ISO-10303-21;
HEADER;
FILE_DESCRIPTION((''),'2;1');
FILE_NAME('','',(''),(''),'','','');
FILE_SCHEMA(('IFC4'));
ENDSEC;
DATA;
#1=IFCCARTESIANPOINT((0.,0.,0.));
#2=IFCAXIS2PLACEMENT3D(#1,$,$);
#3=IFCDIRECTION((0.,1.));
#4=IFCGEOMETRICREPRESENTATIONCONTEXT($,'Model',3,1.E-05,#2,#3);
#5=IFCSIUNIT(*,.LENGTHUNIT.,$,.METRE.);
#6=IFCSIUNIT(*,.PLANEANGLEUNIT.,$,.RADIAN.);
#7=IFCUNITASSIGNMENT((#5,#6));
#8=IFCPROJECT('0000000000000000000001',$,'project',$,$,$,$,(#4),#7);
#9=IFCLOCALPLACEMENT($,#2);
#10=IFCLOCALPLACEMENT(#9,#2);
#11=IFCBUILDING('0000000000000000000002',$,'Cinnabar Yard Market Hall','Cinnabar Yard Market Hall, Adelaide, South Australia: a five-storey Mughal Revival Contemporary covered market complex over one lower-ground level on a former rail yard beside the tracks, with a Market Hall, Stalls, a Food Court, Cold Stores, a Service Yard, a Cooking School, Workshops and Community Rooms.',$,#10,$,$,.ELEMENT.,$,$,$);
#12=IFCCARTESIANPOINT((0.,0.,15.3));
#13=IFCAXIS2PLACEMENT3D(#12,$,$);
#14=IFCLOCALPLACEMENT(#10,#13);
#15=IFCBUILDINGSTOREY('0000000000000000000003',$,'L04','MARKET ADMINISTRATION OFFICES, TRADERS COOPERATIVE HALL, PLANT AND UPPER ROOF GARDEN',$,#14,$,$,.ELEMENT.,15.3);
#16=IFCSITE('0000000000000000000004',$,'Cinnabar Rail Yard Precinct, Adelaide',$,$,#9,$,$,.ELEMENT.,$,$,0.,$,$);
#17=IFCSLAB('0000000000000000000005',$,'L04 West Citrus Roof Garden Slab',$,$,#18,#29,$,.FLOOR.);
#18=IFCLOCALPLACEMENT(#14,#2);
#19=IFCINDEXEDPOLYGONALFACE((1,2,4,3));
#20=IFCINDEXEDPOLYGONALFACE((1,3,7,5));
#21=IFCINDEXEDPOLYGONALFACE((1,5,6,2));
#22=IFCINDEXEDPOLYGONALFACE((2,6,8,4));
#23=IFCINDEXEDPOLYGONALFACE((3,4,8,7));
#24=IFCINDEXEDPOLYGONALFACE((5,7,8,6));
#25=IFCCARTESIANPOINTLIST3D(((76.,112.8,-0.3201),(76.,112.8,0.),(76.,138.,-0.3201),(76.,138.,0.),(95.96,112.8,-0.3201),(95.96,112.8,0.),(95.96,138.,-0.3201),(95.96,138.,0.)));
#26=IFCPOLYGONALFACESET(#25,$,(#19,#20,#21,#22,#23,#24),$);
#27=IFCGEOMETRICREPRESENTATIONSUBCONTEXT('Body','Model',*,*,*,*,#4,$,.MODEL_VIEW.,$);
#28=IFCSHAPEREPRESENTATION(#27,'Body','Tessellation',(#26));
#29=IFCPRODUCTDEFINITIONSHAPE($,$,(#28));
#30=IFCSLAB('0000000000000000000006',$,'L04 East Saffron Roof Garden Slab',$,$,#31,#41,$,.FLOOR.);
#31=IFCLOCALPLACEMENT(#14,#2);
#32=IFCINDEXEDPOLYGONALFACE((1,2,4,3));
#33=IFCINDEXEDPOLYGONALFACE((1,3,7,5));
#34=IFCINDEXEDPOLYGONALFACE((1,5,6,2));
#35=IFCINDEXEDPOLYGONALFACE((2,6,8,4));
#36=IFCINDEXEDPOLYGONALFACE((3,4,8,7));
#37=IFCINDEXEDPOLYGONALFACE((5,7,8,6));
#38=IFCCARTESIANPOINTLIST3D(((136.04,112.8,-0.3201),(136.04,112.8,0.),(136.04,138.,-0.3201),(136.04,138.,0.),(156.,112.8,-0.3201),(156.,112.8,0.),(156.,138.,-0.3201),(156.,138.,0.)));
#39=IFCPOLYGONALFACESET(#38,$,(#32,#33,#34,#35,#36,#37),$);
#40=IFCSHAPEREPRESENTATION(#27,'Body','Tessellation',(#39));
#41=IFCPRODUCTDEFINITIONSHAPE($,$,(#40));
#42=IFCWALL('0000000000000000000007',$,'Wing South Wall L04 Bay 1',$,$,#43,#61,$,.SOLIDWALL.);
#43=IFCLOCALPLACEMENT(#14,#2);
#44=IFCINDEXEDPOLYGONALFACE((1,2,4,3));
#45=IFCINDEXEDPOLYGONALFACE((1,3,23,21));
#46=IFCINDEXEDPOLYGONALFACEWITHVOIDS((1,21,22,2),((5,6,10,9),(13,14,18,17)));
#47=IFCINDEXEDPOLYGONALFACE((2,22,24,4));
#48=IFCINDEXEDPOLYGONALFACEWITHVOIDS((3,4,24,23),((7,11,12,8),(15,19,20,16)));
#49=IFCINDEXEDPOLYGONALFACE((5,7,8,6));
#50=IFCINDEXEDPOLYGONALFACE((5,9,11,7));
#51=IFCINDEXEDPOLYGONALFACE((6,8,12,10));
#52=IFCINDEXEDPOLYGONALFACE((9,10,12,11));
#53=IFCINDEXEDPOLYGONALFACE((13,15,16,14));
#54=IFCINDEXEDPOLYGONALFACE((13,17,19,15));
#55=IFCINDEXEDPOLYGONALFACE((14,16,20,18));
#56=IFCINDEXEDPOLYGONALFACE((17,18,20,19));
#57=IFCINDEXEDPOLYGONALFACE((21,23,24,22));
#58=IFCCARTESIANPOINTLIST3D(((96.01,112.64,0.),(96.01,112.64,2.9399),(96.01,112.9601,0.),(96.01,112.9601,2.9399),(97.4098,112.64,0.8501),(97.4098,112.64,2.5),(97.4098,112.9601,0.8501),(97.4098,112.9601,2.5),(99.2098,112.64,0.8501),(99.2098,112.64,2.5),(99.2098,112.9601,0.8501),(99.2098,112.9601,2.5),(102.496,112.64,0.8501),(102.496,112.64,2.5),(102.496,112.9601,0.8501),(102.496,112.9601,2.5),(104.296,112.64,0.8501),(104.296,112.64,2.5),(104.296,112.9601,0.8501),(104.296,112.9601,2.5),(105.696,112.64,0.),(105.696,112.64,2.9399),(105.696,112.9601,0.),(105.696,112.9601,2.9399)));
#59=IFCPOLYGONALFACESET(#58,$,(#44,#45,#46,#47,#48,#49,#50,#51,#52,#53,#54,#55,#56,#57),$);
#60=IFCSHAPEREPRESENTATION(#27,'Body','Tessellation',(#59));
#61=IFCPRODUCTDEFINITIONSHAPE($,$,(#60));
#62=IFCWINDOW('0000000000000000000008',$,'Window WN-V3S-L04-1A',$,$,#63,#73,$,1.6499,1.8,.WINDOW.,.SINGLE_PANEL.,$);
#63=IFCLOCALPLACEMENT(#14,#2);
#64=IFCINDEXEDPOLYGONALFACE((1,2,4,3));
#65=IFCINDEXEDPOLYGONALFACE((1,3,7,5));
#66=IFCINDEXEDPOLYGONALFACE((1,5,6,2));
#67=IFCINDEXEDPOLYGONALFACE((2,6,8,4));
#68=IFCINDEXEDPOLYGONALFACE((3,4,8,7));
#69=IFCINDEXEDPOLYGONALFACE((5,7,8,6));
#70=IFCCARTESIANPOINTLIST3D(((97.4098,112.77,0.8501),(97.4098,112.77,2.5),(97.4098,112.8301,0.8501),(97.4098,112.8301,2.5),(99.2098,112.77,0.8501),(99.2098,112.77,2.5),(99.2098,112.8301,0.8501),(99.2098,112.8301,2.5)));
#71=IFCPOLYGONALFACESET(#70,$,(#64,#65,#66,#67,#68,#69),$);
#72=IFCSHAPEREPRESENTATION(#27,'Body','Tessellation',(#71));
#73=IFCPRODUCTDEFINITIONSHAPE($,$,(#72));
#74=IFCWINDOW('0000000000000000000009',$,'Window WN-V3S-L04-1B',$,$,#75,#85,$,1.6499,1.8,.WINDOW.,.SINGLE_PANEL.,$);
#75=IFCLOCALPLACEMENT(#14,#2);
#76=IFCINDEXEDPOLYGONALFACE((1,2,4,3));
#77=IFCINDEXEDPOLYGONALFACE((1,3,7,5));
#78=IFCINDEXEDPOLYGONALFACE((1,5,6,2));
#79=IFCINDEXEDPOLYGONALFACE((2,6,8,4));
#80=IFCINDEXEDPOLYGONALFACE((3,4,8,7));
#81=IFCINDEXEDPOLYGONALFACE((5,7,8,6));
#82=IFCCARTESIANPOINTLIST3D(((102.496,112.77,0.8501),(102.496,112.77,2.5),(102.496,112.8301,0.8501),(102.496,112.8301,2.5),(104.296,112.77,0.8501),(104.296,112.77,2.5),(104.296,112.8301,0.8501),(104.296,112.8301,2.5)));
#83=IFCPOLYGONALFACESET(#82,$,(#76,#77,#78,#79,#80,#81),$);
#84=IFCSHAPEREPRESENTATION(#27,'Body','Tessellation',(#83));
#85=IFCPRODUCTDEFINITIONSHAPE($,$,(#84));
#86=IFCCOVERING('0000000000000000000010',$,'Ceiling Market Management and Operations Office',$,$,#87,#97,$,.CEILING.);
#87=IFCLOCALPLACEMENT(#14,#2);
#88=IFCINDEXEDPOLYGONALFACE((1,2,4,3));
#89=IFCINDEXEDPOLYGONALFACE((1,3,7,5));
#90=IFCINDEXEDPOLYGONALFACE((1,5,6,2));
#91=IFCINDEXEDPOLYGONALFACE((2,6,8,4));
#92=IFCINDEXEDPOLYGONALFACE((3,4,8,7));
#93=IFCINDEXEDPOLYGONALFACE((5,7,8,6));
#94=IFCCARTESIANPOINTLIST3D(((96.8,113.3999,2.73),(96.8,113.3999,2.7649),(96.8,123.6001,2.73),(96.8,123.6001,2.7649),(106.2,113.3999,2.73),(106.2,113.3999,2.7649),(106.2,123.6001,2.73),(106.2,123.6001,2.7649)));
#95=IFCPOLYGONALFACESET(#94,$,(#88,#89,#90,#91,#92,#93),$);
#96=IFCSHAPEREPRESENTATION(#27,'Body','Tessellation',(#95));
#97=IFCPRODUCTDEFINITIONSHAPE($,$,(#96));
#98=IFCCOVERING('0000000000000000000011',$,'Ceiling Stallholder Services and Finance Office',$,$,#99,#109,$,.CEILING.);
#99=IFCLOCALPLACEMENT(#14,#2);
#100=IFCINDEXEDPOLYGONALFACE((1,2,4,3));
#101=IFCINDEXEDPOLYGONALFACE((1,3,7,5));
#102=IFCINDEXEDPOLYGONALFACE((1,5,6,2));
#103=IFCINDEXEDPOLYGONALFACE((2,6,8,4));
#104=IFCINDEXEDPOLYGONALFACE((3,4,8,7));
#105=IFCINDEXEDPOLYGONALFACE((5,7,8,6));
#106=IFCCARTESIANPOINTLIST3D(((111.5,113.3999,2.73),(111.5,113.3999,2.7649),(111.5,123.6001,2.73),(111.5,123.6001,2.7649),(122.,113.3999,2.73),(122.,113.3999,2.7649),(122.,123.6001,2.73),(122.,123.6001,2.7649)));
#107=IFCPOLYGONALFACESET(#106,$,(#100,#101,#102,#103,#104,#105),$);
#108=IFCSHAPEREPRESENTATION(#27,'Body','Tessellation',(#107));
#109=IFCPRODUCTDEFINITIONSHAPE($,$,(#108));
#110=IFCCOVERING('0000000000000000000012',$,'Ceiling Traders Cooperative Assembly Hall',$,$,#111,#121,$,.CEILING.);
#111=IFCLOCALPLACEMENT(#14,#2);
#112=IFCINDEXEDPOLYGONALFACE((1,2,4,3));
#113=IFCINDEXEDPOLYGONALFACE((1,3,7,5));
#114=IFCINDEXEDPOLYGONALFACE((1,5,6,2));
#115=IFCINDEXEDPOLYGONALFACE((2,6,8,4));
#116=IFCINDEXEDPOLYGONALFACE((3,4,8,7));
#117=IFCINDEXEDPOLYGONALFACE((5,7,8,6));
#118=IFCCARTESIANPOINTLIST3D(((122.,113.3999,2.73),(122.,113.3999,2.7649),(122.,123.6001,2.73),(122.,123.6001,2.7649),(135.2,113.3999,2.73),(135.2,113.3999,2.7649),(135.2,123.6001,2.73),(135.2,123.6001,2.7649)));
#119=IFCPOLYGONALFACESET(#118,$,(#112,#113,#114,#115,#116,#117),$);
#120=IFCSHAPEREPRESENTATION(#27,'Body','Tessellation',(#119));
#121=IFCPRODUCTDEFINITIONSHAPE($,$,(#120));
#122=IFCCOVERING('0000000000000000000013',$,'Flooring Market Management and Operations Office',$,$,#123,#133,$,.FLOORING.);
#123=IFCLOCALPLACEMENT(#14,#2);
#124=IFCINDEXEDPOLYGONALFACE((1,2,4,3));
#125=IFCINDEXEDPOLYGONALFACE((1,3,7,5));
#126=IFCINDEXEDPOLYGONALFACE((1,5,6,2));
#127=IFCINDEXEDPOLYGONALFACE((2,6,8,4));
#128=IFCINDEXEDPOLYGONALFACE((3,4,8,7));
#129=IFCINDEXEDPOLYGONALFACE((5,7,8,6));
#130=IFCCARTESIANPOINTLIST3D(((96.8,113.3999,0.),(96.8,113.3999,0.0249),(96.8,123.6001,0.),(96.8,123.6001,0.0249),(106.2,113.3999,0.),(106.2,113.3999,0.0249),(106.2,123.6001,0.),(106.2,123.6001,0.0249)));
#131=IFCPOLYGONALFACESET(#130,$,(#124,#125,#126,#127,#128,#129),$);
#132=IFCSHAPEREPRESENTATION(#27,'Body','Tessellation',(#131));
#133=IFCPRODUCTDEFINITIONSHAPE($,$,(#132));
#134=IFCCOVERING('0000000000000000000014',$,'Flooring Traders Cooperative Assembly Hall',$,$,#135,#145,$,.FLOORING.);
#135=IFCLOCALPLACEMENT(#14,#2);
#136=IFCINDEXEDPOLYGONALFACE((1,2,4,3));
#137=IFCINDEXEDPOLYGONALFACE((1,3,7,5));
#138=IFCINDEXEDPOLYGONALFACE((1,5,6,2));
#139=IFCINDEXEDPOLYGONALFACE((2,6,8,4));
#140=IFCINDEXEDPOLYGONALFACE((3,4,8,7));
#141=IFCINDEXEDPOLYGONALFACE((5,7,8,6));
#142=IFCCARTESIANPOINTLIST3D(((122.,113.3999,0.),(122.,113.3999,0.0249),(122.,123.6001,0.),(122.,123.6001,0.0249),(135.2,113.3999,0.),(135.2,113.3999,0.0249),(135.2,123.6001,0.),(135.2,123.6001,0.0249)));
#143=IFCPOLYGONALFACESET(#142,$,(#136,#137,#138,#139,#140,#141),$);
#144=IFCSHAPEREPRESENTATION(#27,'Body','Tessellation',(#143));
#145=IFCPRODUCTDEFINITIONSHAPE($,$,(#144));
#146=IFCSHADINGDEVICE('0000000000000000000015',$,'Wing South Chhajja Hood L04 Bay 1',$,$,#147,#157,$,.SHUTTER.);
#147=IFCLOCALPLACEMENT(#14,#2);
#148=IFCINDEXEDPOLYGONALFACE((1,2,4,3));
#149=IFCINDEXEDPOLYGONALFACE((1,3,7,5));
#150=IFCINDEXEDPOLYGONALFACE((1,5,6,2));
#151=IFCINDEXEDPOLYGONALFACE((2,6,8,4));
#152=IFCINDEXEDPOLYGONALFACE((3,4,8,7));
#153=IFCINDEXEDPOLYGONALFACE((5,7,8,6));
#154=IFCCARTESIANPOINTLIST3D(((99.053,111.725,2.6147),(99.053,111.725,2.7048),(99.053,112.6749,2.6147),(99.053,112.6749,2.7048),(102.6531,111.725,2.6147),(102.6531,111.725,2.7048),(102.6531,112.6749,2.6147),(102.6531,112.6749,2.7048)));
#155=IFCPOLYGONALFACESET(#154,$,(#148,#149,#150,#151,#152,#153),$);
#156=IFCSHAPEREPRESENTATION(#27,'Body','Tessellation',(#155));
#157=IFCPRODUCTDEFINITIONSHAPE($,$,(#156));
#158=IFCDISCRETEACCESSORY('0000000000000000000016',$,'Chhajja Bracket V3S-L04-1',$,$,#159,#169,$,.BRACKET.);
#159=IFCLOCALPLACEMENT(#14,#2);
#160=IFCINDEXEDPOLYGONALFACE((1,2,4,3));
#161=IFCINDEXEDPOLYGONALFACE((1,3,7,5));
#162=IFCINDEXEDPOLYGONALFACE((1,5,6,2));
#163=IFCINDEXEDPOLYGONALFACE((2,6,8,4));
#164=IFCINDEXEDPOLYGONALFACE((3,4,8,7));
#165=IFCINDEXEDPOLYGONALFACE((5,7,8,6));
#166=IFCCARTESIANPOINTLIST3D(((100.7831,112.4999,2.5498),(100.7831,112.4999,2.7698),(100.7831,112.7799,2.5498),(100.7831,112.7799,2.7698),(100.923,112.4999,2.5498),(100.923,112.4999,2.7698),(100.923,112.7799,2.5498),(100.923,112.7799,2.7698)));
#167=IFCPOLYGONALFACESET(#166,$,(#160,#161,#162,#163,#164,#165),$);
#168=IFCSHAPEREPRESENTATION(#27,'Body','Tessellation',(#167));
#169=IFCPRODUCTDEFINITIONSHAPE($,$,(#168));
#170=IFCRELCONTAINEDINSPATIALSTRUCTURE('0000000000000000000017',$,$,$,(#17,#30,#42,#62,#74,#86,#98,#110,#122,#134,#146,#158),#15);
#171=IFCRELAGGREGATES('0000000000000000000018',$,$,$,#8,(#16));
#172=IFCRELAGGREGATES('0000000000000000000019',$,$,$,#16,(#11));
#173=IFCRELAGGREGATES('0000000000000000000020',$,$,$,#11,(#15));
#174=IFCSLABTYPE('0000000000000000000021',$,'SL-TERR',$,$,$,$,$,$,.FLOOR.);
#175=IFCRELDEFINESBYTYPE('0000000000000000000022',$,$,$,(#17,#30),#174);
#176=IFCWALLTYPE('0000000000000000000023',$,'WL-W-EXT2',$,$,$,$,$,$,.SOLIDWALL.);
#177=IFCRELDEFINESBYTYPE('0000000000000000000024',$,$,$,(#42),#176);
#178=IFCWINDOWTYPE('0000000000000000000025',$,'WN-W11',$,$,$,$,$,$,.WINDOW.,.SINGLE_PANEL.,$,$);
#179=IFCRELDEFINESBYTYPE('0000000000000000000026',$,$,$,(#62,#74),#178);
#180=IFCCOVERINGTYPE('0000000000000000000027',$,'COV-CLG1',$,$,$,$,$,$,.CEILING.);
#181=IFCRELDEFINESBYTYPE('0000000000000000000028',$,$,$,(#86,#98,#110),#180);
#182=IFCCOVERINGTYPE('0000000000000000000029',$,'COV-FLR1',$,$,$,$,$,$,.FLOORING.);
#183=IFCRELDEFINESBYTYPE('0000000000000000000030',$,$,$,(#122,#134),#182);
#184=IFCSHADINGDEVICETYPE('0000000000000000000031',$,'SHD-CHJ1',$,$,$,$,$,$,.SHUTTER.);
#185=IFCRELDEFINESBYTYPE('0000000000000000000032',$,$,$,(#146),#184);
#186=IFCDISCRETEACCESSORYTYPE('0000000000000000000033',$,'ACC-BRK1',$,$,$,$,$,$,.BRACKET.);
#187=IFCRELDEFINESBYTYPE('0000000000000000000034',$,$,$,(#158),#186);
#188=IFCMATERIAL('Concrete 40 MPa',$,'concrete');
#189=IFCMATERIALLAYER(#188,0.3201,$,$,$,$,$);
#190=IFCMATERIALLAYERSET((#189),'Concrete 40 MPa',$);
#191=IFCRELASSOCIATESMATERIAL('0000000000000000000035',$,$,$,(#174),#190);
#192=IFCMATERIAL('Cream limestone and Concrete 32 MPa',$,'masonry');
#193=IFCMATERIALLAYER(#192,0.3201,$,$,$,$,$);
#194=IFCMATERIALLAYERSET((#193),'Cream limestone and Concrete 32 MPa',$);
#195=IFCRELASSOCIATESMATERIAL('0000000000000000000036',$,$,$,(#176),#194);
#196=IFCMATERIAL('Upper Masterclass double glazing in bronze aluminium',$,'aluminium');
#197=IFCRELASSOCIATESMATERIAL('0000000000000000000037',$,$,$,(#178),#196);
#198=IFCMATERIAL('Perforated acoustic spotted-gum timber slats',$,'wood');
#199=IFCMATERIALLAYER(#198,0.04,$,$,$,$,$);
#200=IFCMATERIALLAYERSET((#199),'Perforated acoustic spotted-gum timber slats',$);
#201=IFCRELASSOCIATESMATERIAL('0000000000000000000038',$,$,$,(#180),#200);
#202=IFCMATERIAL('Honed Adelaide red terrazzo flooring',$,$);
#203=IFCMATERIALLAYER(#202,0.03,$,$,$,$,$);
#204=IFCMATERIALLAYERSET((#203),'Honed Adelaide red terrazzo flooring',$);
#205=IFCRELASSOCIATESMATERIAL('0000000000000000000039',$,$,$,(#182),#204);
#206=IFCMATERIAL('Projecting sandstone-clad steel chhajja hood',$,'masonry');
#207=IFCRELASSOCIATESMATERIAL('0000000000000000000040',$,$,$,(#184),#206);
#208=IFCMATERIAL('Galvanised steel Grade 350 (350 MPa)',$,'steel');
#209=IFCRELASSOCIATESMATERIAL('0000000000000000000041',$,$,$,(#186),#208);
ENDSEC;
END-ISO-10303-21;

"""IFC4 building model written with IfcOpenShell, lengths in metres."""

from ifc_helpers import new_model, si_unit, direction, frame, frame_2d, origin, origin_2d_with_axis, place, context, subcontext, project, spatial, polyline, rectangle, outline, extrude, material, layer, layer_set, type_object, element, fill, save


model = new_model("IFC4")

# Units and contexts
model_context = context("Model", 3, precision=1e-05, world=origin(), true_north=direction((0.0, 1.0)))
body_context = subcontext(model_context, "Body", "Model", "MODEL_VIEW")
ifc_project = project(units=[si_unit("LENGTHUNIT", "METRE"), si_unit("PLANEANGLEUNIT", "RADIAN")], contexts=[model_context])

# Site, building, storey
site_placement = place(None, origin())
site = spatial("IfcSite", under=ifc_project, at=site_placement, Name="Cinnabar Rail Yard Precinct, Adelaide", CompositionType="ELEMENT", RefElevation=0.0)
building_placement = place(site_placement, origin())
building = spatial("IfcBuilding", under=site, at=building_placement, Name="Cinnabar Yard Market Hall", Description="Cinnabar Yard Market Hall, Adelaide, South Australia: a five-storey Mughal Revival Contemporary covered market complex over one lower-ground level on a former rail yard beside the tracks, with a Market Hall, Stalls, a Food Court, Cold Stores, a Service Yard, a Cooking School, Workshops and Community Rooms.", CompositionType="ELEMENT")
storey_placement = place(building_placement, frame((0.0, 0.0, 15.3)))
storey = spatial("IfcBuildingStorey", under=building, at=storey_placement, Name="L04", Description="MARKET ADMINISTRATION OFFICES, TRADERS COOPERATIVE HALL, PLANT AND UPPER ROOF GARDEN", CompositionType="ELEMENT", Elevation=15.3)

# Shared definitions
ifc_material_1 = material(Name="Concrete 40 MPa", Category="concrete")

# Slabs
ifc_layer_1 = layer(ifc_material_1, 0.3201)
ifc_layer_set_1 = layer_set([ifc_layer_1], Name="Concrete 40 MPa")
slab_type_1 = type_object("IfcSlabType", Name="SL-TERR", PredefinedType="FLOOR", material=ifc_layer_set_1)
slab_1_placement = place(storey_placement, frame((0.0, 0.0, -0.3201)))
element("IfcSlab", 1, at=slab_1_placement, inside=storey, type_object=slab_type_1, Name="L04 West Citrus Roof Garden Slab", PredefinedType="FLOOR", context=body_context, shape_type="SweptSolid", body=[
    extrude(outline(polyline([(76.0, 112.8), (95.96, 112.8), (95.96, 138.0), (76.0, 138.0), (76.0, 112.8)])), origin(), (0.0, 0.0, 1.0), 0.3201),
])
slab_2_placement = place(storey_placement, frame((0.0, 0.0, -0.3201)))
element("IfcSlab", 2, at=slab_2_placement, inside=storey, type_object=slab_type_1, Name="L04 East Saffron Roof Garden Slab", PredefinedType="FLOOR", context=body_context, shape_type="SweptSolid", body=[
    extrude(outline(polyline([(136.04, 112.8), (156.0, 112.8), (156.0, 138.0), (136.04, 138.0), (136.04, 112.8)])), origin(), (0.0, 0.0, 1.0), 0.3201),
])

# Wall, openings, windows
ifc_material_2 = material(Name="Cream limestone and Concrete 32 MPa", Category="masonry")
ifc_layer_2 = layer(ifc_material_2, 0.3201)
ifc_layer_set_2 = layer_set([ifc_layer_2], Name="Cream limestone and Concrete 32 MPa")
wall_type = type_object("IfcWallType", Name="WL-W-EXT2", PredefinedType="SOLIDWALL", material=ifc_layer_set_2)
wall_placement = place(storey_placement, frame((96.01, 112.8, 0.0), z_axis=(0.0, 0.0, 1.0), x_axis=(1.0, 0.0, 0.0)))
wall = element("IfcWall", 3, at=wall_placement, inside=storey, type_object=wall_type, Name="Wing South Wall L04 Bay 1", PredefinedType="SOLIDWALL", context=body_context, shape_type="SweptSolid", body=[
    extrude(rectangle(XDim=9.686, YDim=0.3201, at=frame_2d((4.843, 0.0), x_axis=(1.0, 0.0))), origin(), (0.0, 0.0, 1.0), 2.9399),
])
opening_1_placement = place(wall_placement, frame((1.3999, 0.0, 0.8501)))
opening_1 = element("IfcOpeningElement", 4, at=opening_1_placement, cuts=wall, PredefinedType="OPENING", context=body_context, shape_type="SweptSolid", body=[
    extrude(rectangle(XDim=1.8, YDim=1.6499, at=frame_2d((0.8999, 0.825), x_axis=(1.0, 0.0))), frame((0.0, 0.1699, 0.0), z_axis=(0.0, -1.0, 0.0), x_axis=(1.0, 0.0, 0.0)), (0.0, 0.0, 1.0), 0.3401),
])
opening_2_placement = place(wall_placement, frame((6.4861, 0.0, 0.8501)))
opening_2 = element("IfcOpeningElement", 5, at=opening_2_placement, cuts=wall, PredefinedType="OPENING", context=body_context, shape_type="SweptSolid", body=[
    extrude(rectangle(XDim=1.8, YDim=1.6499, at=frame_2d((0.8999, 0.825), x_axis=(1.0, 0.0))), frame((0.0, 0.1699, 0.0), z_axis=(0.0, -1.0, 0.0), x_axis=(1.0, 0.0, 0.0)), (0.0, 0.0, 1.0), 0.3401),
])
ifc_material_3 = material(Name="Upper Masterclass double glazing in bronze aluminium", Category="aluminium")
window_type = type_object("IfcWindowType", Name="WN-W11", PartitioningType="SINGLE_PANEL", PredefinedType="WINDOW", material=ifc_material_3)
window_1_placement = place(opening_1_placement, origin())
window_1 = element("IfcWindow", 6, at=window_1_placement, inside=storey, type_object=window_type, Name="Window WN-V3S-L04-1A", OverallHeight=1.6499, OverallWidth=1.8, PartitioningType="SINGLE_PANEL", PredefinedType="WINDOW", context=body_context, shape_type="SweptSolid", body=[
    extrude(rectangle(XDim=1.8, YDim=1.6499, at=frame_2d((0.8999, 0.825), x_axis=(1.0, 0.0))), frame((0.0, 0.03, 0.0), z_axis=(0.0, -1.0, 0.0), x_axis=(1.0, 0.0, 0.0)), (0.0, 0.0, 1.0), 0.0601),
])
fill(opening_1, window_1)
window_2_placement = place(opening_2_placement, origin())
window_2 = element("IfcWindow", 7, at=window_2_placement, inside=storey, type_object=window_type, Name="Window WN-V3S-L04-1B", OverallHeight=1.6499, OverallWidth=1.8, PartitioningType="SINGLE_PANEL", PredefinedType="WINDOW", context=body_context, shape_type="SweptSolid", body=[
    extrude(rectangle(XDim=1.8, YDim=1.6499, at=frame_2d((0.8999, 0.825), x_axis=(1.0, 0.0))), frame((0.0, 0.03, 0.0), z_axis=(0.0, -1.0, 0.0), x_axis=(1.0, 0.0, 0.0)), (0.0, 0.0, 1.0), 0.0601),
])
fill(opening_2, window_2)

# Coverings
ifc_material_4 = material(Name="Perforated acoustic spotted-gum timber slats", Category="wood")
ifc_layer_3 = layer(ifc_material_4, 0.04)
ifc_layer_set_3 = layer_set([ifc_layer_3], Name="Perforated acoustic spotted-gum timber slats")
covering_type_1 = type_object("IfcCoveringType", Name="COV-CLG1", PredefinedType="CEILING", material=ifc_layer_set_3)
covering_1_placement = place(storey_placement, frame((0.0, 0.0, 2.73)))
element("IfcCovering", 8, at=covering_1_placement, inside=storey, type_object=covering_type_1, Name="Ceiling Market Management and Operations Office", PredefinedType="CEILING", context=body_context, shape_type="SweptSolid", body=[
    extrude(outline(polyline([(96.8, 113.3999), (106.2, 113.3999), (106.2, 123.6001), (96.8, 123.6001), (96.8, 113.3999)])), origin(), (0.0, 0.0, 1.0), 0.0349),
])
covering_2_placement = place(storey_placement, frame((0.0, 0.0, 2.73)))
element("IfcCovering", 9, at=covering_2_placement, inside=storey, type_object=covering_type_1, Name="Ceiling Stallholder Services and Finance Office", PredefinedType="CEILING", context=body_context, shape_type="SweptSolid", body=[
    extrude(outline(polyline([(111.5, 113.3999), (122.0, 113.3999), (122.0, 123.6001), (111.5, 123.6001), (111.5, 113.3999)])), origin(), (0.0, 0.0, 1.0), 0.0349),
])
covering_3_placement = place(storey_placement, frame((0.0, 0.0, 2.73)))
element("IfcCovering", 10, at=covering_3_placement, inside=storey, type_object=covering_type_1, Name="Ceiling Traders Cooperative Assembly Hall", PredefinedType="CEILING", context=body_context, shape_type="SweptSolid", body=[
    extrude(outline(polyline([(122.0, 113.3999), (135.2, 113.3999), (135.2, 123.6001), (122.0, 123.6001), (122.0, 113.3999)])), origin(), (0.0, 0.0, 1.0), 0.0349),
])
ifc_material_5 = material(Name="Honed Adelaide red terrazzo flooring")
ifc_layer_4 = layer(ifc_material_5, 0.03)
ifc_layer_set_4 = layer_set([ifc_layer_4], Name="Honed Adelaide red terrazzo flooring")
covering_type_2 = type_object("IfcCoveringType", Name="COV-FLR1", PredefinedType="FLOORING", material=ifc_layer_set_4)
covering_4_placement = place(storey_placement, origin())
element("IfcCovering", 11, at=covering_4_placement, inside=storey, type_object=covering_type_2, Name="Flooring Market Management and Operations Office", PredefinedType="FLOORING", context=body_context, shape_type="SweptSolid", body=[
    extrude(outline(polyline([(96.8, 113.3999), (106.2, 113.3999), (106.2, 123.6001), (96.8, 123.6001), (96.8, 113.3999)])), origin(), (0.0, 0.0, 1.0), 0.0249),
])
covering_5_placement = place(storey_placement, origin())
element("IfcCovering", 12, at=covering_5_placement, inside=storey, type_object=covering_type_2, Name="Flooring Traders Cooperative Assembly Hall", PredefinedType="FLOORING", context=body_context, shape_type="SweptSolid", body=[
    extrude(outline(polyline([(122.0, 113.3999), (135.2, 113.3999), (135.2, 123.6001), (122.0, 123.6001), (122.0, 113.3999)])), origin(), (0.0, 0.0, 1.0), 0.0249),
])

# Shading device
ifc_material_6 = material(Name="Projecting sandstone-clad steel chhajja hood", Category="masonry")
shading_device_type = type_object("IfcShadingDeviceType", Name="SHD-CHJ1", PredefinedType="SHUTTER", material=ifc_material_6)
shading_device_placement = place(storey_placement, frame((100.853, 112.2, 2.6147), z_axis=(0.0, 0.0, 1.0), x_axis=(1.0, 0.0, 0.0)))
element("IfcShadingDevice", 13, at=shading_device_placement, inside=storey, type_object=shading_device_type, Name="Wing South Chhajja Hood L04 Bay 1", PredefinedType="SHUTTER", context=body_context, shape_type="SweptSolid", body=[
    extrude(rectangle(XDim=3.6001, YDim=0.95, at=origin_2d_with_axis()), origin(), (0.0, 0.0, 1.0), 0.0901),
])

# Discrete accessory
ifc_material_7 = material(Name="Galvanised steel Grade 350 (350 MPa)", Category="steel")
discrete_accessory_type = type_object("IfcDiscreteAccessoryType", Name="ACC-BRK1", PredefinedType="BRACKET", material=ifc_material_7)
discrete_accessory_placement = place(storey_placement, frame((100.853, 112.6399, 2.5498), z_axis=(0.0, 0.0, 1.0), x_axis=(1.0, 0.0, 0.0)))
element("IfcDiscreteAccessory", 14, at=discrete_accessory_placement, inside=storey, type_object=discrete_accessory_type, Name="Chhajja Bracket V3S-L04-1", PredefinedType="BRACKET", context=body_context, shape_type="SweptSolid", body=[
    extrude(rectangle(XDim=0.1399, YDim=0.28, at=origin_2d_with_axis()), origin(), (0.0, 0.0, 1.0), 0.22),
])

save(model, "model.ifc")
